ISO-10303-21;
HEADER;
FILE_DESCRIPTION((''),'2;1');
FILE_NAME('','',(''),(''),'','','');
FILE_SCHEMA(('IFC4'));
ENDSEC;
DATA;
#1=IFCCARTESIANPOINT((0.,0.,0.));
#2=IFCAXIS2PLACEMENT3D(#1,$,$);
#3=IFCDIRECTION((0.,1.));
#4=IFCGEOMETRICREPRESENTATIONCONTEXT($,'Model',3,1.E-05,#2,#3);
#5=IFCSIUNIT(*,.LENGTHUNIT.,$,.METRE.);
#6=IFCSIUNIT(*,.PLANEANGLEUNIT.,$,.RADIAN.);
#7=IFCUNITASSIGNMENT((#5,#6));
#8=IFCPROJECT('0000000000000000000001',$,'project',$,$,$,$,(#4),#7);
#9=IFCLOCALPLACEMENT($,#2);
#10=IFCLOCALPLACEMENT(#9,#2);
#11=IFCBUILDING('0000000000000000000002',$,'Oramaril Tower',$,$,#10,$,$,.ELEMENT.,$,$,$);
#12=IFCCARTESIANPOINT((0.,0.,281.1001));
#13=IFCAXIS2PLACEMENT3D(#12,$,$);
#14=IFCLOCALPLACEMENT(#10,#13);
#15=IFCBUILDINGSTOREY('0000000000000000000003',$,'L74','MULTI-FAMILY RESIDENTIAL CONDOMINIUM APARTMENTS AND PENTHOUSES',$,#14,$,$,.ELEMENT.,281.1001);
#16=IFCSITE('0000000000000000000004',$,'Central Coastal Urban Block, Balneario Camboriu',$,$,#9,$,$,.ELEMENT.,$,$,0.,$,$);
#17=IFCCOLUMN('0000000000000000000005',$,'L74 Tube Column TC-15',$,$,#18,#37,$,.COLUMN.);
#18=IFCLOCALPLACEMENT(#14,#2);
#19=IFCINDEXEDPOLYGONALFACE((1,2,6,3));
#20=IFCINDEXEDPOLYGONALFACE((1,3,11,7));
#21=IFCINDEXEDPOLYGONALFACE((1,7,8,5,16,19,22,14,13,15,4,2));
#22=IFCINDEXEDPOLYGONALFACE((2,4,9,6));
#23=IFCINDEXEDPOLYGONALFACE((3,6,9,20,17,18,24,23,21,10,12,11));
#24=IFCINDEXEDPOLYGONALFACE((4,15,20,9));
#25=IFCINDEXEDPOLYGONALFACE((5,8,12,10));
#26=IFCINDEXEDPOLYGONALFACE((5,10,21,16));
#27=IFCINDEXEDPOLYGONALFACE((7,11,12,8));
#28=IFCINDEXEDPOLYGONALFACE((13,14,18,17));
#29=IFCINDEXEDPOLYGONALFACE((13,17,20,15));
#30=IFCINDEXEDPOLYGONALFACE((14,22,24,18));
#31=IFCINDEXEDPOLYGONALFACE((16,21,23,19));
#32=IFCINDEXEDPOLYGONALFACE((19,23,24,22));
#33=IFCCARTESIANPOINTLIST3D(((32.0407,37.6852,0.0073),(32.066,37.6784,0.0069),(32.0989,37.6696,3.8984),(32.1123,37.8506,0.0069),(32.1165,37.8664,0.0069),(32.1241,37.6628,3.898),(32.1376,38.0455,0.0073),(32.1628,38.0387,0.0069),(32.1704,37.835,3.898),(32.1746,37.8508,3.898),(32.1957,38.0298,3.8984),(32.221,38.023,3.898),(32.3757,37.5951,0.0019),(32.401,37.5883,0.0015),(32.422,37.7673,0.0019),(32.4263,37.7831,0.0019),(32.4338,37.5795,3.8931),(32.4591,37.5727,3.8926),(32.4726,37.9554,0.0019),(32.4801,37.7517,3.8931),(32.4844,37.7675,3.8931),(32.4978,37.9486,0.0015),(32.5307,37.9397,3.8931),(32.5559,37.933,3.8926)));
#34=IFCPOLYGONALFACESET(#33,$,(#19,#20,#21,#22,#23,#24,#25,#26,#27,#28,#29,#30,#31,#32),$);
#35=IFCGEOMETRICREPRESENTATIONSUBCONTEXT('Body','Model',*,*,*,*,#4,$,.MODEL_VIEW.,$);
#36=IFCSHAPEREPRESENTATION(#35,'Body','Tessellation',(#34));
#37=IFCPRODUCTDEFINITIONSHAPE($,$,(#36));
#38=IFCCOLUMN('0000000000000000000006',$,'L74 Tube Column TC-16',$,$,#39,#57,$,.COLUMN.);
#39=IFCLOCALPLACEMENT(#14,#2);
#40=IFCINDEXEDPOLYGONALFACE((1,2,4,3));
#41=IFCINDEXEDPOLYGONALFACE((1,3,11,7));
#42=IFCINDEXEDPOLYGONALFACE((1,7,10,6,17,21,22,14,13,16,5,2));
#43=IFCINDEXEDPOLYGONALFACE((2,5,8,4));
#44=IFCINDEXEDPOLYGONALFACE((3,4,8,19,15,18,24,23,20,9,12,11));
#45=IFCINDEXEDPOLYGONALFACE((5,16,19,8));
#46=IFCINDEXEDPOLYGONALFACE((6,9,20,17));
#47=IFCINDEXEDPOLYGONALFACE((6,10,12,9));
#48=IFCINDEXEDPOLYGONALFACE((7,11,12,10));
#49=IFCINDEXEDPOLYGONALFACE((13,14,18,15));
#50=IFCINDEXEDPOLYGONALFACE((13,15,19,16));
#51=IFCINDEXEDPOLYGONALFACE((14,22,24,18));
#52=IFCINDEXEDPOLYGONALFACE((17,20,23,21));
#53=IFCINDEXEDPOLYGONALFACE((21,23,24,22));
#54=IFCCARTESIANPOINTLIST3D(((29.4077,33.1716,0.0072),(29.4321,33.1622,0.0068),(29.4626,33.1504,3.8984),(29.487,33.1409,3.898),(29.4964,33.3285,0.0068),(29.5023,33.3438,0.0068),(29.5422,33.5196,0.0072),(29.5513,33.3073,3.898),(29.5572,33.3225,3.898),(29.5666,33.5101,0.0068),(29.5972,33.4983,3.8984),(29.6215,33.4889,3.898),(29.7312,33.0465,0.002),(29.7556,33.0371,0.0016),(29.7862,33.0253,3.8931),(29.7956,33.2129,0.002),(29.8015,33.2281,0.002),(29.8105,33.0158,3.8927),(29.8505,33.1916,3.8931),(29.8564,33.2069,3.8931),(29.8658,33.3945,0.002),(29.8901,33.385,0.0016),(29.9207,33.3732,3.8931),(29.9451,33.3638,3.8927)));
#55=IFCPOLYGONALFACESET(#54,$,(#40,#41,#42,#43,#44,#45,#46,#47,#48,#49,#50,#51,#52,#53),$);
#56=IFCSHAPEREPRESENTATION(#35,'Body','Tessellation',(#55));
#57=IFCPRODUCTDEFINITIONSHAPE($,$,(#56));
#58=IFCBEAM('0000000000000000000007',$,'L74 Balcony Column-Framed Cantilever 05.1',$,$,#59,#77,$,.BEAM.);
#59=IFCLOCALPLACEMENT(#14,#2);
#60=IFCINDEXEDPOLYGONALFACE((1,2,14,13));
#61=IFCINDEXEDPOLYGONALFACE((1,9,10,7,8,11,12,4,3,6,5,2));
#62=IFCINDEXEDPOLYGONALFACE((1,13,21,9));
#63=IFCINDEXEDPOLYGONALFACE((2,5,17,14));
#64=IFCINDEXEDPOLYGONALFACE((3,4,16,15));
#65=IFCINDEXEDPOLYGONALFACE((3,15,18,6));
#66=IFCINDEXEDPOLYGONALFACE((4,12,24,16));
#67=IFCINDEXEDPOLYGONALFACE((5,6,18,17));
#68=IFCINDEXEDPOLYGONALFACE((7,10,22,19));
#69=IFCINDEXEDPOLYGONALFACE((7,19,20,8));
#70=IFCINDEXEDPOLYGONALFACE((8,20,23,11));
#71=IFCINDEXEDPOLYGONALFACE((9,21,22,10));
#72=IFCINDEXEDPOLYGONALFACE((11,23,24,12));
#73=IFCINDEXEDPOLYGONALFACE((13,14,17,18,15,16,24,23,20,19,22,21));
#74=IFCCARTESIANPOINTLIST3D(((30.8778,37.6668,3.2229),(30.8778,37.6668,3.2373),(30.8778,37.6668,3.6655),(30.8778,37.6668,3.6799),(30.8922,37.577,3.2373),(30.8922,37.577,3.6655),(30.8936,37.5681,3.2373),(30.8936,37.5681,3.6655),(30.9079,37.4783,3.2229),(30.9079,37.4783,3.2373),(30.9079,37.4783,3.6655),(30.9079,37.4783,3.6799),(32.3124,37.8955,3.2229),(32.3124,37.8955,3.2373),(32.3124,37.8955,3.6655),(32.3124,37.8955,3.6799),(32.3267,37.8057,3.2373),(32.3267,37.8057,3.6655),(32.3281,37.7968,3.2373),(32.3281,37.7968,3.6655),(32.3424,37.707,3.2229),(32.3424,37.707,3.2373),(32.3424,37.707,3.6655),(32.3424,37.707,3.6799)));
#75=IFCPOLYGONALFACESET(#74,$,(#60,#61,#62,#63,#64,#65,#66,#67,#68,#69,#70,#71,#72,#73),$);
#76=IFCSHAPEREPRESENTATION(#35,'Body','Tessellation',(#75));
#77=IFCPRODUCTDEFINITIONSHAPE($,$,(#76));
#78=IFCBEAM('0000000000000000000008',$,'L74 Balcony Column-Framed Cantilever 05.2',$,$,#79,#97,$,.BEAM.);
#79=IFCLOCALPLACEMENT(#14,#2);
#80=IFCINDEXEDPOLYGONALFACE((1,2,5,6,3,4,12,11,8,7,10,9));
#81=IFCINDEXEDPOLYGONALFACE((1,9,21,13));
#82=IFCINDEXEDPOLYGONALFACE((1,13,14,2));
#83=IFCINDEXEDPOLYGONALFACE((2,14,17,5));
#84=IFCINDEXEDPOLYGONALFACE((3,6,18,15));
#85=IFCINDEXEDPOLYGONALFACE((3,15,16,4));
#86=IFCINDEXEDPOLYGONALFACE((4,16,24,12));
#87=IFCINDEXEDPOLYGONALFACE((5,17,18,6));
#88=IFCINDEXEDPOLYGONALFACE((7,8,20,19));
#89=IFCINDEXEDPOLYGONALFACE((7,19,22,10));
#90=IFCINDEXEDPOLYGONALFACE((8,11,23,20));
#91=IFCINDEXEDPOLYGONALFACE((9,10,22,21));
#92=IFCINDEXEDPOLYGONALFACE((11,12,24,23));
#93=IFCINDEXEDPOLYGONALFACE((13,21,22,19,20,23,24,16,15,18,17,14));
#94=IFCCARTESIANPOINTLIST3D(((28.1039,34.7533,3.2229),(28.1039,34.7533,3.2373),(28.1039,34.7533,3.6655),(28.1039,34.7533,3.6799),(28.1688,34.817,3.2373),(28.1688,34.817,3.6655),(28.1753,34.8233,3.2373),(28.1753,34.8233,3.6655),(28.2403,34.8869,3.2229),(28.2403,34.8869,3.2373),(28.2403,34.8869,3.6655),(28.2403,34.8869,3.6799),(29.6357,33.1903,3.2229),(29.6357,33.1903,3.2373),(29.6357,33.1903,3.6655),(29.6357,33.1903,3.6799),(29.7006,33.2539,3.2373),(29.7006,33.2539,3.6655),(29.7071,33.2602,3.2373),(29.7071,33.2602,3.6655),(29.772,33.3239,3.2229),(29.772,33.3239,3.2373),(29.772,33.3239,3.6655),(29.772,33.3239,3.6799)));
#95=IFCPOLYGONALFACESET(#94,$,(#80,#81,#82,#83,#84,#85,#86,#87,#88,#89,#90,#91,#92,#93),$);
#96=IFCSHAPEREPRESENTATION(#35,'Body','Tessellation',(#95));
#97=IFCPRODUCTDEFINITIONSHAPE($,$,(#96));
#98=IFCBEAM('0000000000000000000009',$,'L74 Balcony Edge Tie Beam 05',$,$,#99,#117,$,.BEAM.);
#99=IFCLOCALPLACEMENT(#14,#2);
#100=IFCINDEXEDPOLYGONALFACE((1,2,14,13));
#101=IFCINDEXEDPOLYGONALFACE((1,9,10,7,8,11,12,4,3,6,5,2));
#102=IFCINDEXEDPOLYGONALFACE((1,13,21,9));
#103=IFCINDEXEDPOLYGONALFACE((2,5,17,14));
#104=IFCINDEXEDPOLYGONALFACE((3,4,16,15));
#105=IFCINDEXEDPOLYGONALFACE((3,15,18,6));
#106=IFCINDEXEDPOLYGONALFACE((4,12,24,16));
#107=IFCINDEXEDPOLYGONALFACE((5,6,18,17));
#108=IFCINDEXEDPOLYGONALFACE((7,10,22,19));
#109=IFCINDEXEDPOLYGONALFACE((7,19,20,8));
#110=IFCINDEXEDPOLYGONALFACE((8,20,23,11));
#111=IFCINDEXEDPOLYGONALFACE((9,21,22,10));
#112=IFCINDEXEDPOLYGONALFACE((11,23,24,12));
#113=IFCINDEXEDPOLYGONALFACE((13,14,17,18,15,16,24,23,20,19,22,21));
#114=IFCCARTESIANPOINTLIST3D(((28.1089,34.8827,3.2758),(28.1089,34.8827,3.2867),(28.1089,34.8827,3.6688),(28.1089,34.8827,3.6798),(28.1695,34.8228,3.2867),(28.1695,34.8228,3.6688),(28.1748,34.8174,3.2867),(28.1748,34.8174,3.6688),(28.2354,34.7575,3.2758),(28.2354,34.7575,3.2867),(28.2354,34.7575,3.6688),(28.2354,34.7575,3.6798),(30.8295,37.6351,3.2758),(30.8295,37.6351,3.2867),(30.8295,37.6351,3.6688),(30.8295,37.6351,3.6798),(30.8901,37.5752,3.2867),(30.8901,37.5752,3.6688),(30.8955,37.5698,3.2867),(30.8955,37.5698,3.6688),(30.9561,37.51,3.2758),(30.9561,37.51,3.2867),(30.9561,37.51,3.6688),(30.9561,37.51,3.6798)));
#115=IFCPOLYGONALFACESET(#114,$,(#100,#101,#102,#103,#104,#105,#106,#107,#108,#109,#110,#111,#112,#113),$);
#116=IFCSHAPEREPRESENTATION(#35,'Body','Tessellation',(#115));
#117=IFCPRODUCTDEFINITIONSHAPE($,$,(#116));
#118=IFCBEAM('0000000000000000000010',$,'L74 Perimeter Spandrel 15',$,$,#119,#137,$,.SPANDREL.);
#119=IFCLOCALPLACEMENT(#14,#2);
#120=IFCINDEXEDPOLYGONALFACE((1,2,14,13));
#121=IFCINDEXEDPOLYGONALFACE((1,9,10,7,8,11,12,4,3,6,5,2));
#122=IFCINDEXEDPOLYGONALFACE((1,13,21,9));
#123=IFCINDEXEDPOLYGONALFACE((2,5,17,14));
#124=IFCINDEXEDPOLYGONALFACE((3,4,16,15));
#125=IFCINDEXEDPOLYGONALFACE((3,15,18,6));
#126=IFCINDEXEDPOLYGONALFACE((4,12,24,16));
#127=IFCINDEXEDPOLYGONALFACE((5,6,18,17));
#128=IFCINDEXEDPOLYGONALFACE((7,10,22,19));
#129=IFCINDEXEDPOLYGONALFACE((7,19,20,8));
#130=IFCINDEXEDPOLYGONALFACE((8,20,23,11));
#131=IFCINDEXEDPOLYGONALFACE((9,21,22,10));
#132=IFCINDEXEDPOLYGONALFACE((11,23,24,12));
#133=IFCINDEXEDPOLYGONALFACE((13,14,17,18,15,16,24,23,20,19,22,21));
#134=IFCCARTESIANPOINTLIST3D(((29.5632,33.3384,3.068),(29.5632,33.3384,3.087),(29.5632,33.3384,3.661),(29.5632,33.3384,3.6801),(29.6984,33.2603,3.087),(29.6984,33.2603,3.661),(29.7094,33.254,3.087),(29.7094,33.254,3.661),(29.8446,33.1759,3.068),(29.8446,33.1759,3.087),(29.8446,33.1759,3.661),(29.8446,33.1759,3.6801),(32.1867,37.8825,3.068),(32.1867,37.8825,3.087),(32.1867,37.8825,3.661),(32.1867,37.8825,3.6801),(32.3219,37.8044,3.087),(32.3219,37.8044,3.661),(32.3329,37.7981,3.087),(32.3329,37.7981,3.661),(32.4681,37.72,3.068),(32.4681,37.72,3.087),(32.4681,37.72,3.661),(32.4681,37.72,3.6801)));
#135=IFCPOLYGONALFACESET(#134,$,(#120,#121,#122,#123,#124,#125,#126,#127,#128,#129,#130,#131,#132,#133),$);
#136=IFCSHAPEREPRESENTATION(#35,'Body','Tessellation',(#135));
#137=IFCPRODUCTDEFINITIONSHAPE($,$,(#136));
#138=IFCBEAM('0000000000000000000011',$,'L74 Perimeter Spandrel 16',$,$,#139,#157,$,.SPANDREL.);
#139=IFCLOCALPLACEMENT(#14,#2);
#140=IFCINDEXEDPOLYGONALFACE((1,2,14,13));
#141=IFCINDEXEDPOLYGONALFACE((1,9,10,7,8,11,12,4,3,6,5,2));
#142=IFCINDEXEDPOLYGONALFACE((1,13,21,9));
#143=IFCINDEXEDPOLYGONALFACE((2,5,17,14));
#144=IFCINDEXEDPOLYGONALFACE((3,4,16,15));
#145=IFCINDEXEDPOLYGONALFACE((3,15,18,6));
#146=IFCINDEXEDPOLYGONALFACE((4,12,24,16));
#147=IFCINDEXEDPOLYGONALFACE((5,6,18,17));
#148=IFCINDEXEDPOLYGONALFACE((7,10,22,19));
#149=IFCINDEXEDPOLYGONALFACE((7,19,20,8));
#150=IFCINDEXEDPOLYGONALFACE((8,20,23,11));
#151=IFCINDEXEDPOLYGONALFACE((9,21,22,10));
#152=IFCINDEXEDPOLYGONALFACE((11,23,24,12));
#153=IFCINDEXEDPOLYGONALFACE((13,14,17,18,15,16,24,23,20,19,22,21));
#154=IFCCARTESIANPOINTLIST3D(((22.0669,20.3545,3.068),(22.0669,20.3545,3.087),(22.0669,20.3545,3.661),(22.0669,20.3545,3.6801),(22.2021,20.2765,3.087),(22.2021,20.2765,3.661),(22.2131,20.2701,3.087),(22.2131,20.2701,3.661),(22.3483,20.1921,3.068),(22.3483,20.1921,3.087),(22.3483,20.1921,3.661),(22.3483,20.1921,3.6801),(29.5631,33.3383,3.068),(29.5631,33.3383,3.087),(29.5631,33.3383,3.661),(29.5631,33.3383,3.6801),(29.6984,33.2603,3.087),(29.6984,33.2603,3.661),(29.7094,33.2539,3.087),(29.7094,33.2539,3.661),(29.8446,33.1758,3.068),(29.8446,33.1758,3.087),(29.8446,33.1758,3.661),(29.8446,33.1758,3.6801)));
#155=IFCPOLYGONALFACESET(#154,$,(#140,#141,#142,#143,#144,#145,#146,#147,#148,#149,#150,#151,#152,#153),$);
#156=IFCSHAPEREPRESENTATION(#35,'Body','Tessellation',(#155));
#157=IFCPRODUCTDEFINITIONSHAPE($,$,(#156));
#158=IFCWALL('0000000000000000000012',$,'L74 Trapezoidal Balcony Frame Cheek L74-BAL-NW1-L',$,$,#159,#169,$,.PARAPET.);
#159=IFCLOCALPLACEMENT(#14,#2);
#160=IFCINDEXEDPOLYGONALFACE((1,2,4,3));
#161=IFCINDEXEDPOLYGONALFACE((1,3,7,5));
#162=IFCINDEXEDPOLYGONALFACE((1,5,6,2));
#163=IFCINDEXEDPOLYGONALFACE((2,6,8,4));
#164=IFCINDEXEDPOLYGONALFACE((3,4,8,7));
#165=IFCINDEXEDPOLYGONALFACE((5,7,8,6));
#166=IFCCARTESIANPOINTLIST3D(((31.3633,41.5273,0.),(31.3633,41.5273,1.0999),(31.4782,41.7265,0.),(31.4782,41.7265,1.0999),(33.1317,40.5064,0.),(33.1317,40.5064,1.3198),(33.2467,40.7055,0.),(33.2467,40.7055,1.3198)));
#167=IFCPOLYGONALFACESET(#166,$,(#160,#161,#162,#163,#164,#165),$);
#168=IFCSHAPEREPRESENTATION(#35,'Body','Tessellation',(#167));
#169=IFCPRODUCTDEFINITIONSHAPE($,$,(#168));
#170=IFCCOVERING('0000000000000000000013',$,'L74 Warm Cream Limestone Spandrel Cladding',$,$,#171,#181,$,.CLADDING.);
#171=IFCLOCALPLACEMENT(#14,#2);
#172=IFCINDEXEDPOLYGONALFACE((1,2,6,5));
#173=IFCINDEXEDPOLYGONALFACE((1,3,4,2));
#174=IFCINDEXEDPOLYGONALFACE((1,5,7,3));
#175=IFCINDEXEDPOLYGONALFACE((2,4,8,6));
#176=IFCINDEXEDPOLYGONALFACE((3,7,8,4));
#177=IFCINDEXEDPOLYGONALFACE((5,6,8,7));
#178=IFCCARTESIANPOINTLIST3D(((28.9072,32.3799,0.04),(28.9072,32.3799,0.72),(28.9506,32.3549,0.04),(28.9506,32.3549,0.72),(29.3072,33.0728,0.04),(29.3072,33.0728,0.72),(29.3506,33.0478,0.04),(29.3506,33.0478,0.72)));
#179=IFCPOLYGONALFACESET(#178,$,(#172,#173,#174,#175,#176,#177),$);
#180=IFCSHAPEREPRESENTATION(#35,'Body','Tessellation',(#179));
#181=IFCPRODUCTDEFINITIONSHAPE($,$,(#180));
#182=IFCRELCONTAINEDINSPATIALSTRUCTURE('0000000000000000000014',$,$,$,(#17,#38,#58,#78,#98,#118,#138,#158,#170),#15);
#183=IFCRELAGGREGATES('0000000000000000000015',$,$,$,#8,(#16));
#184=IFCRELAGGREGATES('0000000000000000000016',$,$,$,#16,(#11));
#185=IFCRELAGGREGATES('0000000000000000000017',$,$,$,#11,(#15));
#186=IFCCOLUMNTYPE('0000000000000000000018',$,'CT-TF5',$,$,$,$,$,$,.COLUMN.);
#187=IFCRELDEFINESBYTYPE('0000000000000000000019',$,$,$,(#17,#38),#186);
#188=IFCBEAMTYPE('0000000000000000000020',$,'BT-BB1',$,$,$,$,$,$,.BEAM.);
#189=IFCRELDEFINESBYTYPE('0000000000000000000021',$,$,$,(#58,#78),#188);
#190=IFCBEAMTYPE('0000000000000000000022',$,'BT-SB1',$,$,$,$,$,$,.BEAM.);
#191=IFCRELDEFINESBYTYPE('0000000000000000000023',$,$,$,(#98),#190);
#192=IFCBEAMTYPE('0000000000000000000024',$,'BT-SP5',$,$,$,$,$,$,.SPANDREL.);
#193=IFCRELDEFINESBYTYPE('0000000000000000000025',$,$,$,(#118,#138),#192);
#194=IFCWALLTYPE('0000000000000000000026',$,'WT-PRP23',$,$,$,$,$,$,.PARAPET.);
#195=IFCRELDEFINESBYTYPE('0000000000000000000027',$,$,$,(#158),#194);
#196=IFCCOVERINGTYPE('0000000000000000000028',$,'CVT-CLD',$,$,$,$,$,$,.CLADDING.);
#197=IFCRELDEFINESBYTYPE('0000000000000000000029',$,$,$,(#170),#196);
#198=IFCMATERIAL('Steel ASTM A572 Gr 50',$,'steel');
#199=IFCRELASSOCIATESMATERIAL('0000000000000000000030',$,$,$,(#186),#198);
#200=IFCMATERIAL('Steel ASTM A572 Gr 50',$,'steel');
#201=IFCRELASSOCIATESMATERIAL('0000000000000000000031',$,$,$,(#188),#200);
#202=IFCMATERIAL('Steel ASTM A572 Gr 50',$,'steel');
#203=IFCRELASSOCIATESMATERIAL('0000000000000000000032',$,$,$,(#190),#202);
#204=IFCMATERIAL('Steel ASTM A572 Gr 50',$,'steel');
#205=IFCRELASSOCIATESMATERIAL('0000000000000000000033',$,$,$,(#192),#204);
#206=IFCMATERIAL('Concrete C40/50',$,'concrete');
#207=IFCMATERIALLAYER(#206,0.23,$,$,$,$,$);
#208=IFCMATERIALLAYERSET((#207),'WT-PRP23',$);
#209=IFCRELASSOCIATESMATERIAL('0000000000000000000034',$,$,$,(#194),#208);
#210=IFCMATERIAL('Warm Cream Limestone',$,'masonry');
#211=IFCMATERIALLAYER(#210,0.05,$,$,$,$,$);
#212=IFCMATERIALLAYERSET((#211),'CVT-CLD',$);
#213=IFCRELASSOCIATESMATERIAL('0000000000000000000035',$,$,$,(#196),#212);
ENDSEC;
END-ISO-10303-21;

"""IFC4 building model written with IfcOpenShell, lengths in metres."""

from ifc_helpers import new_model, si_unit, direction, frame, origin, origin_2d, place, context, subcontext, project, spatial, polyline, rectangle, i_section, outline, extrude, material, layer, layer_set, material_profile, profile_set, type_object, element, save


model = new_model("IFC4")

# Units and contexts
model_context = context("Model", 3, precision=1e-05, world=origin(), true_north=direction((0.0, 1.0)))
body_context = subcontext(model_context, "Body", "Model", "MODEL_VIEW")
ifc_project = project(units=[si_unit("LENGTHUNIT", "METRE"), si_unit("PLANEANGLEUNIT", "RADIAN")], contexts=[model_context])

# Site, building, storey
site_placement = place(None, origin())
site = spatial("IfcSite", under=ifc_project, at=site_placement, Name="Central Coastal Urban Block, Balneario Camboriu", CompositionType="ELEMENT", RefElevation=0.0)
building_placement = place(site_placement, origin())
building = spatial("IfcBuilding", under=site, at=building_placement, Name="Oramaril Tower", CompositionType="ELEMENT")
storey_placement = place(building_placement, frame((0.0, 0.0, 281.1001)))
storey = spatial("IfcBuildingStorey", under=building, at=storey_placement, Name="L74", Description="MULTI-FAMILY RESIDENTIAL CONDOMINIUM APARTMENTS AND PENTHOUSES", CompositionType="ELEMENT", Elevation=281.1001)

# Columns
ifc_material_1 = material(Name="Steel ASTM A572 Gr 50", Category="steel")
ifc_material_profile_1 = material_profile(ifc_material_1, i_section(OverallWidth=0.373, OverallDepth=0.373, WebThickness=0.0164, FlangeThickness=0.0261, at=origin_2d()), Name="W14X132")
ifc_profile_set_1 = profile_set([ifc_material_profile_1], Name="Steel ASTM A572 Gr 50")
column_type = type_object("IfcColumnType", Name="CT-TF5", PredefinedType="COLUMN", material=ifc_profile_set_1)
for number, where, z_axis, x_axis, name in (
    (1, (32.2693, 37.8169, 0.0044), (0.014931, -0.004015, 0.99988), (0.259682, 0.965694, 0.0), "L74 Tube Column TC-15"),
    (2, (29.6489, 33.2783, 0.0044), (0.014116, -0.005458, 0.999885), (0.360645, 0.932703, 0.0), "L74 Tube Column TC-16"),
):
    element("IfcColumn", number, at=place(storey_placement, frame(where, z_axis=z_axis, x_axis=x_axis)), inside=storey, type_object=column_type, Name=name, PredefinedType="COLUMN", context=body_context, shape_type="SweptSolid", body=[
        extrude(i_section(OverallWidth=0.373, OverallDepth=0.373, WebThickness=0.0164, FlangeThickness=0.0261, at=origin_2d()), origin(), (0.0, 0.0, 1.0), 3.8916),
    ])

# Beams
ifc_material_2 = material(Name="Steel ASTM A572 Gr 50", Category="steel")
ifc_material_profile_2 = material_profile(ifc_material_2, i_section(OverallWidth=0.1909, OverallDepth=0.457, WebThickness=0.009, FlangeThickness=0.0144, at=origin_2d()), Name="W18X50")
ifc_profile_set_2 = profile_set([ifc_material_profile_2], Name="Steel ASTM A572 Gr 50")
beam_type_1 = type_object("IfcBeamType", Name="BT-BB1", PredefinedType="BEAM", material=ifc_profile_set_2)
beam_1_placement = place(storey_placement, frame((32.3274, 37.8013, 3.4514), z_axis=(-0.987523, -0.157473, 0.0), x_axis=(0.157473, -0.987523, 0.0)))
element("IfcBeam", 3, at=beam_1_placement, inside=storey, type_object=beam_type_1, Name="L74 Balcony Column-Framed Cantilever 05.1", PredefinedType="BEAM", context=body_context, shape_type="SweptSolid", body=[
    extrude(i_section(OverallWidth=0.1909, OverallDepth=0.457, WebThickness=0.009, FlangeThickness=0.0144, at=origin_2d()), origin(), (0.0, 0.0, 1.0), 1.4526),
])
beam_2_placement = place(storey_placement, frame((29.7039, 33.2571, 3.4514), z_axis=(-0.699931, 0.714211, 0.0), x_axis=(-0.714211, -0.699931, 0.0)))
element("IfcBeam", 4, at=beam_2_placement, inside=storey, type_object=beam_type_1, Name="L74 Balcony Column-Framed Cantilever 05.2", PredefinedType="BEAM", context=body_context, shape_type="SweptSolid", body=[
    extrude(i_section(OverallWidth=0.1909, OverallDepth=0.457, WebThickness=0.009, FlangeThickness=0.0144, at=origin_2d()), origin(), (0.0, 0.0, 1.0), 2.1885),
])
ifc_material_3 = material(Name="Steel ASTM A572 Gr 50", Category="steel")
ifc_material_profile_3 = material_profile(ifc_material_3, i_section(OverallWidth=0.178, OverallDepth=0.4041, WebThickness=0.0076, FlangeThickness=0.011, at=origin_2d()), Name="W16X36")
ifc_profile_set_3 = profile_set([ifc_material_profile_3], Name="Steel ASTM A572 Gr 50")
beam_type_2 = type_object("IfcBeamType", Name="BT-SB1", PredefinedType="BEAM", material=ifc_profile_set_3)
beam_3_placement = place(storey_placement, frame((30.8928, 37.5725, 3.4778), z_axis=(-0.702995, -0.711195, 0.0), x_axis=(0.711195, -0.702995, 0.0)))
element("IfcBeam", 5, at=beam_3_placement, inside=storey, type_object=beam_type_2, Name="L74 Balcony Edge Tie Beam 05", PredefinedType="BEAM", context=body_context, shape_type="SweptSolid", body=[
    extrude(i_section(OverallWidth=0.178, OverallDepth=0.4041, WebThickness=0.0076, FlangeThickness=0.011, at=origin_2d()), origin(), (0.0, 0.0, 1.0), 3.8701),
])
ifc_material_4 = material(Name="Steel ASTM A572 Gr 50", Category="steel")
ifc_material_profile_4 = material_profile(ifc_material_4, i_section(OverallWidth=0.325, OverallDepth=0.6121, WebThickness=0.0127, FlangeThickness=0.019, at=origin_2d()), Name="W24X104")
ifc_profile_set_4 = profile_set([ifc_material_profile_4], Name="Steel ASTM A572 Gr 50")
beam_type_3 = type_object("IfcBeamType", Name="BT-SP5", PredefinedType="SPANDREL", material=ifc_profile_set_4)
beam_4_placement = place(storey_placement, frame((32.3274, 37.8013, 3.374), z_axis=(-0.499992, -0.86603, 0.0), x_axis=(0.86603, -0.499992, 0.0)))
element("IfcBeam", 6, at=beam_4_placement, inside=storey, type_object=beam_type_3, Name="L74 Perimeter Spandrel 15", PredefinedType="SPANDREL", context=body_context, shape_type="SweptSolid", body=[
    extrude(i_section(OverallWidth=0.325, OverallDepth=0.6121, WebThickness=0.0127, FlangeThickness=0.019, at=origin_2d()), origin(), (0.0, 0.0, 1.0), 5.2471),
])
beam_5_placement = place(storey_placement, frame((29.7039, 33.2571, 3.374), z_axis=(-0.500004, -0.866023, 0.0), x_axis=(0.866023, -0.500004, 0.0)))
element("IfcBeam", 7, at=beam_5_placement, inside=storey, type_object=beam_type_3, Name="L74 Perimeter Spandrel 16", PredefinedType="SPANDREL", context=body_context, shape_type="SweptSolid", body=[
    extrude(i_section(OverallWidth=0.325, OverallDepth=0.6121, WebThickness=0.0127, FlangeThickness=0.019, at=origin_2d()), origin(), (0.0, 0.0, 1.0), 14.9924),
])

# Wall
ifc_material_5 = material(Name="Concrete C40/50", Category="concrete")
ifc_layer_1 = layer(ifc_material_5, 0.23)
ifc_layer_set_1 = layer_set([ifc_layer_1], Name="WT-PRP23")
wall_type = type_object("IfcWallType", Name="WT-PRP23", PredefinedType="PARAPET", material=ifc_layer_set_1)
wall_placement = place(storey_placement, frame((33.1892, 40.606, 0.0), z_axis=(0.0, 0.0, 1.0), x_axis=(-0.866042, 0.499971, 0.0)))
element("IfcWall", 8, at=wall_placement, inside=storey, type_object=wall_type, Name="L74 Trapezoidal Balcony Frame Cheek L74-BAL-NW1-L", PredefinedType="PARAPET", context=body_context, shape_type="SweptSolid", body=[
    extrude(outline(polyline([(0.0, 0.0), (2.042, 0.0), (2.042, 1.0999), (0.0, 1.3198), (0.0, 0.0)])), frame((0.0, 0.115, 0.0), z_axis=(0.0, -1.0, 0.0), x_axis=(1.0, 0.0, 0.0)), (0.0, 0.0, 1.0), 0.23),
])

# Covering
ifc_material_6 = material(Name="Warm Cream Limestone", Category="masonry")
ifc_layer_2 = layer(ifc_material_6, 0.05)
ifc_layer_set_2 = layer_set([ifc_layer_2], Name="CVT-CLD")
covering_type = type_object("IfcCoveringType", Name="CVT-CLD", PredefinedType="CLADDING", material=ifc_layer_set_2)
covering_1_placement = place(storey_placement, frame((29.1289, 32.7139, 0.04), z_axis=(0.0, 0.0, 1.0), x_axis=(-0.5, -0.866025, 0.0)))
element("IfcCovering", 9, at=covering_1_placement, inside=storey, type_object=covering_type, Name="L74 Warm Cream Limestone Spandrel Cladding", PredefinedType="CLADDING", context=body_context, shape_type="SweptSolid", body=[
    extrude(rectangle(XDim=0.8, YDim=0.05, at=origin_2d()), origin(), (0.0, 0.0, 1.0), 0.6799),
])

save(model, "model.ifc")
